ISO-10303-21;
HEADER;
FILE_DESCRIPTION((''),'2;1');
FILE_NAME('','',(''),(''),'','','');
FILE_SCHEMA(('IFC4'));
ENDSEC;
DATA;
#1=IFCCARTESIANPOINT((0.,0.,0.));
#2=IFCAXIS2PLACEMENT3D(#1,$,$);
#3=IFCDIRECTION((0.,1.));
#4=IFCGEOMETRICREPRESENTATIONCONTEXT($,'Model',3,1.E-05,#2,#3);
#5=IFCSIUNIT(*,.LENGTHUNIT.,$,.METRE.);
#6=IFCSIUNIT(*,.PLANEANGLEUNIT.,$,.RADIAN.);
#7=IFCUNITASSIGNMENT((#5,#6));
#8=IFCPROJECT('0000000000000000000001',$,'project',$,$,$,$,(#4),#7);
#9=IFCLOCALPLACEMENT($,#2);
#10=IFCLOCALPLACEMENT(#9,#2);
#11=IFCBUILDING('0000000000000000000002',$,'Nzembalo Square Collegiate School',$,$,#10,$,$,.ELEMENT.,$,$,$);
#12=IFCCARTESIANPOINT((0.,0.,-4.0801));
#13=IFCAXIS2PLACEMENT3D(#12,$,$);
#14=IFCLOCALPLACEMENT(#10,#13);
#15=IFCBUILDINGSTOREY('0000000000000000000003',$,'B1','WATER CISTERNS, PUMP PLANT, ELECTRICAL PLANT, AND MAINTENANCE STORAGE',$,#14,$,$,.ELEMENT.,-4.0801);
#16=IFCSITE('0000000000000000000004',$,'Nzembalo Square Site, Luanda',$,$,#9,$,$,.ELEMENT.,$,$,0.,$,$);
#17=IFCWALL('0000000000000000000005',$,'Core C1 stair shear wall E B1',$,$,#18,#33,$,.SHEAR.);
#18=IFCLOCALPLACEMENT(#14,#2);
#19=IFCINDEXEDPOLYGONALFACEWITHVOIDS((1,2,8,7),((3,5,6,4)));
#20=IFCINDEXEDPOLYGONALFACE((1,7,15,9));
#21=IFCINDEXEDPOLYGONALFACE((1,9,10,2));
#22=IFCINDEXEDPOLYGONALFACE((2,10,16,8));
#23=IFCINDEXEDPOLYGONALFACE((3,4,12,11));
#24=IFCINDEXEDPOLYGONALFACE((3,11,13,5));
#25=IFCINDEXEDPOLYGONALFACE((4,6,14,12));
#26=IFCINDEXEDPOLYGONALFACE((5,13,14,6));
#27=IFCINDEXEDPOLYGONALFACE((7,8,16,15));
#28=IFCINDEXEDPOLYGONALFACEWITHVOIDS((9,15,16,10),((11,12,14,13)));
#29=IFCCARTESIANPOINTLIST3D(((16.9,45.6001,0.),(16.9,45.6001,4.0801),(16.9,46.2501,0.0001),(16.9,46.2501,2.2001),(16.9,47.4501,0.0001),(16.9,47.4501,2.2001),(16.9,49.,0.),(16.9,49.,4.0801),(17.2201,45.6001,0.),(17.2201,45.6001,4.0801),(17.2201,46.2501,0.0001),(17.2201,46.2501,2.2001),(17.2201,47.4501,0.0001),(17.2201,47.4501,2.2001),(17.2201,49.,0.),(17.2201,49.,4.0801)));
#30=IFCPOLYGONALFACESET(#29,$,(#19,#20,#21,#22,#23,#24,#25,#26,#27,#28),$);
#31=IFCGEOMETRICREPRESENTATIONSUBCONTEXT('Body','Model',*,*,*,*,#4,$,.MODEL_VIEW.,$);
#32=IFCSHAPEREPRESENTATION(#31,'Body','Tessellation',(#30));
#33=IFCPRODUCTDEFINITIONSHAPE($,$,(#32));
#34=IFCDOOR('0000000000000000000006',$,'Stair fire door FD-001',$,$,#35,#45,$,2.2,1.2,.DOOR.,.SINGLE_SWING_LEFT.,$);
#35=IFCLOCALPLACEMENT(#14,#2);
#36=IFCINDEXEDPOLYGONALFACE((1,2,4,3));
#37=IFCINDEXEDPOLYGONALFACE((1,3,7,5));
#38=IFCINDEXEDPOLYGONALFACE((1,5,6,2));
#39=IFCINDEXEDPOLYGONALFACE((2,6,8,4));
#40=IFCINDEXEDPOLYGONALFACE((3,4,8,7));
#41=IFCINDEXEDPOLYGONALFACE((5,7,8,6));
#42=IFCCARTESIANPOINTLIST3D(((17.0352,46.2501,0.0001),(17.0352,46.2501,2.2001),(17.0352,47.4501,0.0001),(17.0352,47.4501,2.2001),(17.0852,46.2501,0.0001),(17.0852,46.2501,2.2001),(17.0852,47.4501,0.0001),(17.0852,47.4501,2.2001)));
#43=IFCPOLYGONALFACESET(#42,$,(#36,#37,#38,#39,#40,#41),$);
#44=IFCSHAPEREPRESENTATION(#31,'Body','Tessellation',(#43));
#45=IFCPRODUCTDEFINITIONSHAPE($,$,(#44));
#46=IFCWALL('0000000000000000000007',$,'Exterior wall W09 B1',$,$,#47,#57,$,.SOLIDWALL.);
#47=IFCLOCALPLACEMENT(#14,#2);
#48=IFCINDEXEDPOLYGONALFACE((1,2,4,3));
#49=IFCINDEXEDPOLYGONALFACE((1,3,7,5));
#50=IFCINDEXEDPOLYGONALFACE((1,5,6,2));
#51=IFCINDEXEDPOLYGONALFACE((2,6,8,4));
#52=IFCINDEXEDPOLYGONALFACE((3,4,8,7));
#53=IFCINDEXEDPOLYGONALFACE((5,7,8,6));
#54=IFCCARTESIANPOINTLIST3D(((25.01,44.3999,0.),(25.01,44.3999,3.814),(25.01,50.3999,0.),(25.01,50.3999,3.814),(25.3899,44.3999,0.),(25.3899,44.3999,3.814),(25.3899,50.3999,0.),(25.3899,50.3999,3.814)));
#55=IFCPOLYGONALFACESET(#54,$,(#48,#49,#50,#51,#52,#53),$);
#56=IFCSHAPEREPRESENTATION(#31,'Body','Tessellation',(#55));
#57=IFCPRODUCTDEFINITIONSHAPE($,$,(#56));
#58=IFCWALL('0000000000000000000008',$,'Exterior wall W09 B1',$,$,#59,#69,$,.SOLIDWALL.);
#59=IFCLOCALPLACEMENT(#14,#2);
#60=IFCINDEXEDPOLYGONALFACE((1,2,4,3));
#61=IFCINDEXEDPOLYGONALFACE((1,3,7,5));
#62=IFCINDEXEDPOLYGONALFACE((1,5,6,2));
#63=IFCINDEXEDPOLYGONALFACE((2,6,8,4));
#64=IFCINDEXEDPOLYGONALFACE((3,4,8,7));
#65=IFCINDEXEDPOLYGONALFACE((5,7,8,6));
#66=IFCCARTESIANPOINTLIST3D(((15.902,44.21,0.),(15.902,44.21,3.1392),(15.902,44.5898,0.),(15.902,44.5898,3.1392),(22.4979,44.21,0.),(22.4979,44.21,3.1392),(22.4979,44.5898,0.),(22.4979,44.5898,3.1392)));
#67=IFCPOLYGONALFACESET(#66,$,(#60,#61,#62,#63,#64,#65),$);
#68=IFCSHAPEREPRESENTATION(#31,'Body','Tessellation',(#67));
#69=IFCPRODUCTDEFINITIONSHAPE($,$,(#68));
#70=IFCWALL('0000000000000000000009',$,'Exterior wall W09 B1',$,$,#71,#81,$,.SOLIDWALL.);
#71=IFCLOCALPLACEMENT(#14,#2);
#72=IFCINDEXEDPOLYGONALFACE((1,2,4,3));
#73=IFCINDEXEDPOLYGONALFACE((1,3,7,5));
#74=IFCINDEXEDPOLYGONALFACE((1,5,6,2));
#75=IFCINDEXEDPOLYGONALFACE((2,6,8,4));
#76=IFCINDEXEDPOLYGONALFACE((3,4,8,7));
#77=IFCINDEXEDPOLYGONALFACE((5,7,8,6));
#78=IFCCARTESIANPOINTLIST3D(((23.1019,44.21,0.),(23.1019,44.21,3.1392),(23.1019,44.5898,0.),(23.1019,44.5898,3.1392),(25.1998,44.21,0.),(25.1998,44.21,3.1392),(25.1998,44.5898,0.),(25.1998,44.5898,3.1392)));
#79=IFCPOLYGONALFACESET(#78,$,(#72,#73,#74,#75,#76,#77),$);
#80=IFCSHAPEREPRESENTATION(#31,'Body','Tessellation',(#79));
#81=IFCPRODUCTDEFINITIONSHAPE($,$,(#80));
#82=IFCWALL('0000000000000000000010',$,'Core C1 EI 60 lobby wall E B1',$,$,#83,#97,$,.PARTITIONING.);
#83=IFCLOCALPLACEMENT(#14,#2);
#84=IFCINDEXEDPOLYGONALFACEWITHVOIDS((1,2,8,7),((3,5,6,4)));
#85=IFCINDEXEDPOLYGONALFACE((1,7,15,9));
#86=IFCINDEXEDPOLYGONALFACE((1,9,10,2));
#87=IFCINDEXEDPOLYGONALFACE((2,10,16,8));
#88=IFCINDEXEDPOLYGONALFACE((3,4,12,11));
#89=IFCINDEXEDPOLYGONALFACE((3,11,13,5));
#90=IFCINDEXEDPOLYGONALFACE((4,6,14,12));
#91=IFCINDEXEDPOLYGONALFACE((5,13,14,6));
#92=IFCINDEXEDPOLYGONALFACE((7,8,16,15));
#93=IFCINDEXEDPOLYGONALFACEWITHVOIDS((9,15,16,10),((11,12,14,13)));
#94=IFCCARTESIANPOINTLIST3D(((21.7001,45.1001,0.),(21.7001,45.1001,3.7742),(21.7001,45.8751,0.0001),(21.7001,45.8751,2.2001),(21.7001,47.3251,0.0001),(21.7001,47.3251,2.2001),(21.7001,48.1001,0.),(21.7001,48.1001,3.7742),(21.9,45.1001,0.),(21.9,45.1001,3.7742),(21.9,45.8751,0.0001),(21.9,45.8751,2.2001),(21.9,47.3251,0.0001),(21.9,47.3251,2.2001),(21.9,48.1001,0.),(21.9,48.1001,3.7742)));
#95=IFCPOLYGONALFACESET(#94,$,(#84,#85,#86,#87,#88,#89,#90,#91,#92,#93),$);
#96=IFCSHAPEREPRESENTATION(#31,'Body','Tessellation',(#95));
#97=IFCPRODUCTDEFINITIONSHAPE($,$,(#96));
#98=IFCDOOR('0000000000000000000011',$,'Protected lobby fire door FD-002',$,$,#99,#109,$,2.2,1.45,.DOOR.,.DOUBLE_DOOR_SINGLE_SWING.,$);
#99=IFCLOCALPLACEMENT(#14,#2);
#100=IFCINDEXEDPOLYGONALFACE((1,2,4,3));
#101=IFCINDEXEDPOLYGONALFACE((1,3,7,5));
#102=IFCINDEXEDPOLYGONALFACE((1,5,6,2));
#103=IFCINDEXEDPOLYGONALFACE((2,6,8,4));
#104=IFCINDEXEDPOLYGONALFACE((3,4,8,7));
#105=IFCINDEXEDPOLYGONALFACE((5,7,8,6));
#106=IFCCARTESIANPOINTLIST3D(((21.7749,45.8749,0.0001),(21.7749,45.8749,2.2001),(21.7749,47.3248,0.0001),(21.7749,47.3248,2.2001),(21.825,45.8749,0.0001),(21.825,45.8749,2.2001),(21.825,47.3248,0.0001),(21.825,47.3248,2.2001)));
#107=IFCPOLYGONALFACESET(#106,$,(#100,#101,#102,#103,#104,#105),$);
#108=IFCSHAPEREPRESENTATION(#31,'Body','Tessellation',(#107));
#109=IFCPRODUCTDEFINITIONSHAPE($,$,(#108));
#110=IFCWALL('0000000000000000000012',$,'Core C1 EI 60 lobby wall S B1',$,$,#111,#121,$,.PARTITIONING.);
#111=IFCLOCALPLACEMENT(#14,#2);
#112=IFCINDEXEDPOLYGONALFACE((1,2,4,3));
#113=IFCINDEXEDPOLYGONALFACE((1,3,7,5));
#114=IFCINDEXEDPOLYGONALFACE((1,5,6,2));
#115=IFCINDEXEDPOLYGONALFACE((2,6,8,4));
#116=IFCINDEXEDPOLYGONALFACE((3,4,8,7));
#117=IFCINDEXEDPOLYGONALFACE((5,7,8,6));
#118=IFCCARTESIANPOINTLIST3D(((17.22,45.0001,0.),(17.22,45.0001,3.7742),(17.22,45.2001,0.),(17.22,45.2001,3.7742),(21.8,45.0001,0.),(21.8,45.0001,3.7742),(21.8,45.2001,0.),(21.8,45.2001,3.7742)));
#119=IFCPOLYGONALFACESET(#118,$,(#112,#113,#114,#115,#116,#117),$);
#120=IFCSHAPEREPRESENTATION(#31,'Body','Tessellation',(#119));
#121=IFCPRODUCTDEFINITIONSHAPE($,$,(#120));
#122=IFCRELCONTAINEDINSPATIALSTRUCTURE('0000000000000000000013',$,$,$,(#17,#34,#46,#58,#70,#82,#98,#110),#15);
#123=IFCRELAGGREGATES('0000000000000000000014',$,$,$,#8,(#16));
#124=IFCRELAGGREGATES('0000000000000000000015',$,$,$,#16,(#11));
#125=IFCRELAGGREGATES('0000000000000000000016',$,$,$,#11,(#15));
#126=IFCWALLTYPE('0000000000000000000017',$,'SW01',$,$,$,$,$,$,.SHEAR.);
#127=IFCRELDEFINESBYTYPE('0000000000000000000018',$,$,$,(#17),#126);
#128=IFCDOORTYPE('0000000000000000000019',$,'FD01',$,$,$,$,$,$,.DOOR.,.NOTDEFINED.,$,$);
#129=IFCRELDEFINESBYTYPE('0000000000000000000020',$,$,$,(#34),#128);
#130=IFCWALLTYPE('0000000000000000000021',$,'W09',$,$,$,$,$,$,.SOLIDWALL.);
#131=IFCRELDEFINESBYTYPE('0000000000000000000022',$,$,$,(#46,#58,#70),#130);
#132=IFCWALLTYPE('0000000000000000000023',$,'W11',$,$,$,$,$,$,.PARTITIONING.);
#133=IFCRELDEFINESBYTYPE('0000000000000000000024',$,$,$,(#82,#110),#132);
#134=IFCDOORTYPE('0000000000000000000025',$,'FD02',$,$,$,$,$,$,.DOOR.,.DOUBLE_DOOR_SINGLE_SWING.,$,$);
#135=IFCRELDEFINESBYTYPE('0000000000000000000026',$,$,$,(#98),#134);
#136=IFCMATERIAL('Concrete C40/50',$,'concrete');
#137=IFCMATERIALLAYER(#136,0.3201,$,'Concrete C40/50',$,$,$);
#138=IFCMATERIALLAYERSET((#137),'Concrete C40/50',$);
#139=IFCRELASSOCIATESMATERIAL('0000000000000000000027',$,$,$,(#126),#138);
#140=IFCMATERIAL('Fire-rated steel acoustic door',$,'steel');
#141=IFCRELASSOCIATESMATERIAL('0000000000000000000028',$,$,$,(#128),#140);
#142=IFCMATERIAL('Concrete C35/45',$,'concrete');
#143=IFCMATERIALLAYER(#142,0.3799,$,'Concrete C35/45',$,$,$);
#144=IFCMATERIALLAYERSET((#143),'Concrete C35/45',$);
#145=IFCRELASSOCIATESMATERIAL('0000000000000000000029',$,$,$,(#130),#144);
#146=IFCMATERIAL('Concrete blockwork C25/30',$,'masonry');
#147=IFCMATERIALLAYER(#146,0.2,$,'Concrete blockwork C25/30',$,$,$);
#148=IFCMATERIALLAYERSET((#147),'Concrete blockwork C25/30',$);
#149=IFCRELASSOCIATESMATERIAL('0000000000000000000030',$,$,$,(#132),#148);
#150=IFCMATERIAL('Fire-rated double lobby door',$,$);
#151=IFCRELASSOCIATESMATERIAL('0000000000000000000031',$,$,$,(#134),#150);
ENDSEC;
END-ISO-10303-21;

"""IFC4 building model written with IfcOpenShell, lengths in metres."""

from ifc_helpers import new_model, si_unit, direction, frame, frame_2d, origin, place, context, subcontext, project, spatial, rectangle, extrude, material, layer, layer_set, type_object, element, fill, save


model = new_model("IFC4")

# Units and contexts
model_context = context("Model", 3, precision=1e-05, world=origin(), true_north=direction((0.0, 1.0)))
body_context = subcontext(model_context, "Body", "Model", "MODEL_VIEW")
ifc_project = project(units=[si_unit("LENGTHUNIT", "METRE"), si_unit("PLANEANGLEUNIT", "RADIAN")], contexts=[model_context])

# Site, building, storey
site_placement = place(None, origin())
site = spatial("IfcSite", under=ifc_project, at=site_placement, Name="Nzembalo Square Site, Luanda", CompositionType="ELEMENT", RefElevation=0.0)
building_placement = place(site_placement, origin())
building = spatial("IfcBuilding", under=site, at=building_placement, Name="Nzembalo Square Collegiate School", CompositionType="ELEMENT")
storey_placement = place(building_placement, frame((0.0, 0.0, -4.0801)))
storey = spatial("IfcBuildingStorey", under=building, at=storey_placement, Name="B1", Description="WATER CISTERNS, PUMP PLANT, ELECTRICAL PLANT, AND MAINTENANCE STORAGE", CompositionType="ELEMENT", Elevation=-4.0801)

# Wall, opening, door
ifc_material_1 = material(Name="Concrete C40/50", Category="concrete")
ifc_layer_1 = layer(ifc_material_1, 0.3201, Name="Concrete C40/50")
ifc_layer_set_1 = layer_set([ifc_layer_1], Name="Concrete C40/50")
wall_type_1 = type_object("IfcWallType", Name="SW01", PredefinedType="SHEAR", material=ifc_layer_set_1)
wall_1_placement = place(storey_placement, frame((17.0601, 45.6001, 0.0), z_axis=(0.0, 0.0, 1.0), x_axis=(0.0, 1.0, 0.0)))
wall_1 = element("IfcWall", 1, at=wall_1_placement, inside=storey, type_object=wall_type_1, Name="Core C1 stair shear wall E B1", PredefinedType="SHEAR", context=body_context, shape_type="SweptSolid", body=[
    extrude(rectangle(XDim=3.3999, YDim=0.3201, at=frame_2d((1.7, 0.0))), origin(), (0.0, 0.0, 1.0), 4.0801),
])
opening_1_placement = place(wall_1_placement, frame((0.6499, 0.0, 0.0)))
opening_1 = element("IfcOpeningElement", 2, at=opening_1_placement, cuts=wall_1, PredefinedType="OPENING", context=body_context, shape_type="SweptSolid", body=[
    extrude(rectangle(XDim=1.2, YDim=2.2, at=frame_2d((0.6001, 1.1001))), frame((0.0, 0.1699, 0.0), z_axis=(0.0, -1.0, 0.0), x_axis=(1.0, 0.0, 0.0)), (0.0, 0.0, 1.0), 0.3401),
])
ifc_material_2 = material(Name="Fire-rated steel acoustic door", Category="steel")
door_type_1 = type_object("IfcDoorType", Name="FD01", OperationType="NOTDEFINED", PredefinedType="DOOR", material=ifc_material_2)
door_1_placement = place(opening_1_placement, origin())
door_1 = element("IfcDoor", 3, at=door_1_placement, inside=storey, type_object=door_type_1, Name="Stair fire door FD-001", OperationType="SINGLE_SWING_LEFT", OverallHeight=2.2, OverallWidth=1.2, PredefinedType="DOOR", context=body_context, shape_type="SweptSolid", body=[
    extrude(rectangle(XDim=1.2, YDim=2.2, at=frame_2d((0.6001, 1.1001))), frame((0.0, 0.0249, 0.0), z_axis=(0.0, -1.0, 0.0), x_axis=(1.0, 0.0, 0.0)), (0.0, 0.0, 1.0), 0.05),
])
fill(opening_1, door_1)

# Walls
ifc_material_3 = material(Name="Concrete C35/45", Category="concrete")
ifc_layer_2 = layer(ifc_material_3, 0.3799, Name="Concrete C35/45")
ifc_layer_set_2 = layer_set([ifc_layer_2], Name="Concrete C35/45")
wall_type_2 = type_object("IfcWallType", Name="W09", PredefinedType="SOLIDWALL", material=ifc_layer_set_2)
wall_2_placement = place(storey_placement, frame((25.2, 44.3999, 0.0), z_axis=(0.0, 0.0, 1.0), x_axis=(0.0, 1.0, 0.0)))
element("IfcWall", 4, at=wall_2_placement, inside=storey, type_object=wall_type_2, Name="Exterior wall W09 B1", PredefinedType="SOLIDWALL", context=body_context, shape_type="SweptSolid", body=[
    extrude(rectangle(XDim=6.0, YDim=0.3799, at=frame_2d((3.0, 0.0))), origin(), (0.0, 0.0, 1.0), 3.814),
])
wall_3_placement = place(storey_placement, frame((15.9021, 44.3999, 0.0), z_axis=(0.0, 0.0, 1.0), x_axis=(1.0, 0.0, 0.0)))
element("IfcWall", 5, at=wall_3_placement, inside=storey, type_object=wall_type_2, Name="Exterior wall W09 B1", PredefinedType="SOLIDWALL", context=body_context, shape_type="SweptSolid", body=[
    extrude(rectangle(XDim=6.5959, YDim=0.3799, at=frame_2d((3.2979, 0.0))), origin(), (0.0, 0.0, 1.0), 3.1392),
])
wall_4_placement = place(storey_placement, frame((23.1021, 44.3999, 0.0), z_axis=(0.0, 0.0, 1.0), x_axis=(1.0, 0.0, 0.0)))
element("IfcWall", 6, at=wall_4_placement, inside=storey, type_object=wall_type_2, Name="Exterior wall W09 B1", PredefinedType="SOLIDWALL", context=body_context, shape_type="SweptSolid", body=[
    extrude(rectangle(XDim=2.0979, YDim=0.3799, at=frame_2d((1.0488, 0.0))), origin(), (0.0, 0.0, 1.0), 3.1392),
])

# Wall, opening, door
ifc_material_4 = material(Name="Concrete blockwork C25/30", Category="masonry")
ifc_layer_3 = layer(ifc_material_4, 0.2, Name="Concrete blockwork C25/30")
ifc_layer_set_3 = layer_set([ifc_layer_3], Name="Concrete blockwork C25/30")
wall_type_3 = type_object("IfcWallType", Name="W11", PredefinedType="PARTITIONING", material=ifc_layer_set_3)
wall_5_placement = place(storey_placement, frame((21.8, 45.1001, 0.0), z_axis=(0.0, 0.0, 1.0), x_axis=(0.0, 1.0, 0.0)))
wall_5 = element("IfcWall", 7, at=wall_5_placement, inside=storey, type_object=wall_type_3, Name="Core C1 EI 60 lobby wall E B1", PredefinedType="PARTITIONING", context=body_context, shape_type="SweptSolid", body=[
    extrude(rectangle(XDim=3.0, YDim=0.2, at=frame_2d((1.5, 0.0))), origin(), (0.0, 0.0, 1.0), 3.7742),
])
opening_2_placement = place(wall_5_placement, frame((0.7749, 0.0, 0.0)))
opening_2 = element("IfcOpeningElement", 8, at=opening_2_placement, cuts=wall_5, PredefinedType="OPENING", context=body_context, shape_type="SweptSolid", body=[
    extrude(rectangle(XDim=1.45, YDim=2.2, at=frame_2d((0.7251, 1.1001))), frame((0.0, 0.1099, 0.0), z_axis=(0.0, -1.0, 0.0), x_axis=(1.0, 0.0, 0.0)), (0.0, 0.0, 1.0), 0.22),
])
ifc_material_5 = material(Name="Fire-rated double lobby door")
door_type_2 = type_object("IfcDoorType", Name="FD02", OperationType="DOUBLE_DOOR_SINGLE_SWING", PredefinedType="DOOR", material=ifc_material_5)
door_2_placement = place(opening_2_placement, frame((1.45, 0.0, 0.0), z_axis=(0.0, 0.0, 1.0), x_axis=(-1.0, 0.0, 0.0)))
door_2 = element("IfcDoor", 9, at=door_2_placement, inside=storey, type_object=door_type_2, Name="Protected lobby fire door FD-002", OperationType="DOUBLE_DOOR_SINGLE_SWING", OverallHeight=2.2, OverallWidth=1.45, PredefinedType="DOOR", context=body_context, shape_type="SweptSolid", body=[
    extrude(rectangle(XDim=1.45, YDim=2.2, at=frame_2d((0.7251, 1.1001))), frame((0.0, 0.0249, 0.0), z_axis=(0.0, -1.0, 0.0), x_axis=(1.0, 0.0, 0.0)), (0.0, 0.0, 1.0), 0.05),
])
fill(opening_2, door_2)

# Wall
wall_6_placement = place(storey_placement, frame((17.22, 45.1001, 0.0), z_axis=(0.0, 0.0, 1.0), x_axis=(1.0, 0.0, 0.0)))
element("IfcWall", 10, at=wall_6_placement, inside=storey, type_object=wall_type_3, Name="Core C1 EI 60 lobby wall S B1", PredefinedType="PARTITIONING", context=body_context, shape_type="SweptSolid", body=[
    extrude(rectangle(XDim=4.5801, YDim=0.2, at=frame_2d((2.29, 0.0))), origin(), (0.0, 0.0, 1.0), 3.7742),
])

save(model, "model.ifc")
